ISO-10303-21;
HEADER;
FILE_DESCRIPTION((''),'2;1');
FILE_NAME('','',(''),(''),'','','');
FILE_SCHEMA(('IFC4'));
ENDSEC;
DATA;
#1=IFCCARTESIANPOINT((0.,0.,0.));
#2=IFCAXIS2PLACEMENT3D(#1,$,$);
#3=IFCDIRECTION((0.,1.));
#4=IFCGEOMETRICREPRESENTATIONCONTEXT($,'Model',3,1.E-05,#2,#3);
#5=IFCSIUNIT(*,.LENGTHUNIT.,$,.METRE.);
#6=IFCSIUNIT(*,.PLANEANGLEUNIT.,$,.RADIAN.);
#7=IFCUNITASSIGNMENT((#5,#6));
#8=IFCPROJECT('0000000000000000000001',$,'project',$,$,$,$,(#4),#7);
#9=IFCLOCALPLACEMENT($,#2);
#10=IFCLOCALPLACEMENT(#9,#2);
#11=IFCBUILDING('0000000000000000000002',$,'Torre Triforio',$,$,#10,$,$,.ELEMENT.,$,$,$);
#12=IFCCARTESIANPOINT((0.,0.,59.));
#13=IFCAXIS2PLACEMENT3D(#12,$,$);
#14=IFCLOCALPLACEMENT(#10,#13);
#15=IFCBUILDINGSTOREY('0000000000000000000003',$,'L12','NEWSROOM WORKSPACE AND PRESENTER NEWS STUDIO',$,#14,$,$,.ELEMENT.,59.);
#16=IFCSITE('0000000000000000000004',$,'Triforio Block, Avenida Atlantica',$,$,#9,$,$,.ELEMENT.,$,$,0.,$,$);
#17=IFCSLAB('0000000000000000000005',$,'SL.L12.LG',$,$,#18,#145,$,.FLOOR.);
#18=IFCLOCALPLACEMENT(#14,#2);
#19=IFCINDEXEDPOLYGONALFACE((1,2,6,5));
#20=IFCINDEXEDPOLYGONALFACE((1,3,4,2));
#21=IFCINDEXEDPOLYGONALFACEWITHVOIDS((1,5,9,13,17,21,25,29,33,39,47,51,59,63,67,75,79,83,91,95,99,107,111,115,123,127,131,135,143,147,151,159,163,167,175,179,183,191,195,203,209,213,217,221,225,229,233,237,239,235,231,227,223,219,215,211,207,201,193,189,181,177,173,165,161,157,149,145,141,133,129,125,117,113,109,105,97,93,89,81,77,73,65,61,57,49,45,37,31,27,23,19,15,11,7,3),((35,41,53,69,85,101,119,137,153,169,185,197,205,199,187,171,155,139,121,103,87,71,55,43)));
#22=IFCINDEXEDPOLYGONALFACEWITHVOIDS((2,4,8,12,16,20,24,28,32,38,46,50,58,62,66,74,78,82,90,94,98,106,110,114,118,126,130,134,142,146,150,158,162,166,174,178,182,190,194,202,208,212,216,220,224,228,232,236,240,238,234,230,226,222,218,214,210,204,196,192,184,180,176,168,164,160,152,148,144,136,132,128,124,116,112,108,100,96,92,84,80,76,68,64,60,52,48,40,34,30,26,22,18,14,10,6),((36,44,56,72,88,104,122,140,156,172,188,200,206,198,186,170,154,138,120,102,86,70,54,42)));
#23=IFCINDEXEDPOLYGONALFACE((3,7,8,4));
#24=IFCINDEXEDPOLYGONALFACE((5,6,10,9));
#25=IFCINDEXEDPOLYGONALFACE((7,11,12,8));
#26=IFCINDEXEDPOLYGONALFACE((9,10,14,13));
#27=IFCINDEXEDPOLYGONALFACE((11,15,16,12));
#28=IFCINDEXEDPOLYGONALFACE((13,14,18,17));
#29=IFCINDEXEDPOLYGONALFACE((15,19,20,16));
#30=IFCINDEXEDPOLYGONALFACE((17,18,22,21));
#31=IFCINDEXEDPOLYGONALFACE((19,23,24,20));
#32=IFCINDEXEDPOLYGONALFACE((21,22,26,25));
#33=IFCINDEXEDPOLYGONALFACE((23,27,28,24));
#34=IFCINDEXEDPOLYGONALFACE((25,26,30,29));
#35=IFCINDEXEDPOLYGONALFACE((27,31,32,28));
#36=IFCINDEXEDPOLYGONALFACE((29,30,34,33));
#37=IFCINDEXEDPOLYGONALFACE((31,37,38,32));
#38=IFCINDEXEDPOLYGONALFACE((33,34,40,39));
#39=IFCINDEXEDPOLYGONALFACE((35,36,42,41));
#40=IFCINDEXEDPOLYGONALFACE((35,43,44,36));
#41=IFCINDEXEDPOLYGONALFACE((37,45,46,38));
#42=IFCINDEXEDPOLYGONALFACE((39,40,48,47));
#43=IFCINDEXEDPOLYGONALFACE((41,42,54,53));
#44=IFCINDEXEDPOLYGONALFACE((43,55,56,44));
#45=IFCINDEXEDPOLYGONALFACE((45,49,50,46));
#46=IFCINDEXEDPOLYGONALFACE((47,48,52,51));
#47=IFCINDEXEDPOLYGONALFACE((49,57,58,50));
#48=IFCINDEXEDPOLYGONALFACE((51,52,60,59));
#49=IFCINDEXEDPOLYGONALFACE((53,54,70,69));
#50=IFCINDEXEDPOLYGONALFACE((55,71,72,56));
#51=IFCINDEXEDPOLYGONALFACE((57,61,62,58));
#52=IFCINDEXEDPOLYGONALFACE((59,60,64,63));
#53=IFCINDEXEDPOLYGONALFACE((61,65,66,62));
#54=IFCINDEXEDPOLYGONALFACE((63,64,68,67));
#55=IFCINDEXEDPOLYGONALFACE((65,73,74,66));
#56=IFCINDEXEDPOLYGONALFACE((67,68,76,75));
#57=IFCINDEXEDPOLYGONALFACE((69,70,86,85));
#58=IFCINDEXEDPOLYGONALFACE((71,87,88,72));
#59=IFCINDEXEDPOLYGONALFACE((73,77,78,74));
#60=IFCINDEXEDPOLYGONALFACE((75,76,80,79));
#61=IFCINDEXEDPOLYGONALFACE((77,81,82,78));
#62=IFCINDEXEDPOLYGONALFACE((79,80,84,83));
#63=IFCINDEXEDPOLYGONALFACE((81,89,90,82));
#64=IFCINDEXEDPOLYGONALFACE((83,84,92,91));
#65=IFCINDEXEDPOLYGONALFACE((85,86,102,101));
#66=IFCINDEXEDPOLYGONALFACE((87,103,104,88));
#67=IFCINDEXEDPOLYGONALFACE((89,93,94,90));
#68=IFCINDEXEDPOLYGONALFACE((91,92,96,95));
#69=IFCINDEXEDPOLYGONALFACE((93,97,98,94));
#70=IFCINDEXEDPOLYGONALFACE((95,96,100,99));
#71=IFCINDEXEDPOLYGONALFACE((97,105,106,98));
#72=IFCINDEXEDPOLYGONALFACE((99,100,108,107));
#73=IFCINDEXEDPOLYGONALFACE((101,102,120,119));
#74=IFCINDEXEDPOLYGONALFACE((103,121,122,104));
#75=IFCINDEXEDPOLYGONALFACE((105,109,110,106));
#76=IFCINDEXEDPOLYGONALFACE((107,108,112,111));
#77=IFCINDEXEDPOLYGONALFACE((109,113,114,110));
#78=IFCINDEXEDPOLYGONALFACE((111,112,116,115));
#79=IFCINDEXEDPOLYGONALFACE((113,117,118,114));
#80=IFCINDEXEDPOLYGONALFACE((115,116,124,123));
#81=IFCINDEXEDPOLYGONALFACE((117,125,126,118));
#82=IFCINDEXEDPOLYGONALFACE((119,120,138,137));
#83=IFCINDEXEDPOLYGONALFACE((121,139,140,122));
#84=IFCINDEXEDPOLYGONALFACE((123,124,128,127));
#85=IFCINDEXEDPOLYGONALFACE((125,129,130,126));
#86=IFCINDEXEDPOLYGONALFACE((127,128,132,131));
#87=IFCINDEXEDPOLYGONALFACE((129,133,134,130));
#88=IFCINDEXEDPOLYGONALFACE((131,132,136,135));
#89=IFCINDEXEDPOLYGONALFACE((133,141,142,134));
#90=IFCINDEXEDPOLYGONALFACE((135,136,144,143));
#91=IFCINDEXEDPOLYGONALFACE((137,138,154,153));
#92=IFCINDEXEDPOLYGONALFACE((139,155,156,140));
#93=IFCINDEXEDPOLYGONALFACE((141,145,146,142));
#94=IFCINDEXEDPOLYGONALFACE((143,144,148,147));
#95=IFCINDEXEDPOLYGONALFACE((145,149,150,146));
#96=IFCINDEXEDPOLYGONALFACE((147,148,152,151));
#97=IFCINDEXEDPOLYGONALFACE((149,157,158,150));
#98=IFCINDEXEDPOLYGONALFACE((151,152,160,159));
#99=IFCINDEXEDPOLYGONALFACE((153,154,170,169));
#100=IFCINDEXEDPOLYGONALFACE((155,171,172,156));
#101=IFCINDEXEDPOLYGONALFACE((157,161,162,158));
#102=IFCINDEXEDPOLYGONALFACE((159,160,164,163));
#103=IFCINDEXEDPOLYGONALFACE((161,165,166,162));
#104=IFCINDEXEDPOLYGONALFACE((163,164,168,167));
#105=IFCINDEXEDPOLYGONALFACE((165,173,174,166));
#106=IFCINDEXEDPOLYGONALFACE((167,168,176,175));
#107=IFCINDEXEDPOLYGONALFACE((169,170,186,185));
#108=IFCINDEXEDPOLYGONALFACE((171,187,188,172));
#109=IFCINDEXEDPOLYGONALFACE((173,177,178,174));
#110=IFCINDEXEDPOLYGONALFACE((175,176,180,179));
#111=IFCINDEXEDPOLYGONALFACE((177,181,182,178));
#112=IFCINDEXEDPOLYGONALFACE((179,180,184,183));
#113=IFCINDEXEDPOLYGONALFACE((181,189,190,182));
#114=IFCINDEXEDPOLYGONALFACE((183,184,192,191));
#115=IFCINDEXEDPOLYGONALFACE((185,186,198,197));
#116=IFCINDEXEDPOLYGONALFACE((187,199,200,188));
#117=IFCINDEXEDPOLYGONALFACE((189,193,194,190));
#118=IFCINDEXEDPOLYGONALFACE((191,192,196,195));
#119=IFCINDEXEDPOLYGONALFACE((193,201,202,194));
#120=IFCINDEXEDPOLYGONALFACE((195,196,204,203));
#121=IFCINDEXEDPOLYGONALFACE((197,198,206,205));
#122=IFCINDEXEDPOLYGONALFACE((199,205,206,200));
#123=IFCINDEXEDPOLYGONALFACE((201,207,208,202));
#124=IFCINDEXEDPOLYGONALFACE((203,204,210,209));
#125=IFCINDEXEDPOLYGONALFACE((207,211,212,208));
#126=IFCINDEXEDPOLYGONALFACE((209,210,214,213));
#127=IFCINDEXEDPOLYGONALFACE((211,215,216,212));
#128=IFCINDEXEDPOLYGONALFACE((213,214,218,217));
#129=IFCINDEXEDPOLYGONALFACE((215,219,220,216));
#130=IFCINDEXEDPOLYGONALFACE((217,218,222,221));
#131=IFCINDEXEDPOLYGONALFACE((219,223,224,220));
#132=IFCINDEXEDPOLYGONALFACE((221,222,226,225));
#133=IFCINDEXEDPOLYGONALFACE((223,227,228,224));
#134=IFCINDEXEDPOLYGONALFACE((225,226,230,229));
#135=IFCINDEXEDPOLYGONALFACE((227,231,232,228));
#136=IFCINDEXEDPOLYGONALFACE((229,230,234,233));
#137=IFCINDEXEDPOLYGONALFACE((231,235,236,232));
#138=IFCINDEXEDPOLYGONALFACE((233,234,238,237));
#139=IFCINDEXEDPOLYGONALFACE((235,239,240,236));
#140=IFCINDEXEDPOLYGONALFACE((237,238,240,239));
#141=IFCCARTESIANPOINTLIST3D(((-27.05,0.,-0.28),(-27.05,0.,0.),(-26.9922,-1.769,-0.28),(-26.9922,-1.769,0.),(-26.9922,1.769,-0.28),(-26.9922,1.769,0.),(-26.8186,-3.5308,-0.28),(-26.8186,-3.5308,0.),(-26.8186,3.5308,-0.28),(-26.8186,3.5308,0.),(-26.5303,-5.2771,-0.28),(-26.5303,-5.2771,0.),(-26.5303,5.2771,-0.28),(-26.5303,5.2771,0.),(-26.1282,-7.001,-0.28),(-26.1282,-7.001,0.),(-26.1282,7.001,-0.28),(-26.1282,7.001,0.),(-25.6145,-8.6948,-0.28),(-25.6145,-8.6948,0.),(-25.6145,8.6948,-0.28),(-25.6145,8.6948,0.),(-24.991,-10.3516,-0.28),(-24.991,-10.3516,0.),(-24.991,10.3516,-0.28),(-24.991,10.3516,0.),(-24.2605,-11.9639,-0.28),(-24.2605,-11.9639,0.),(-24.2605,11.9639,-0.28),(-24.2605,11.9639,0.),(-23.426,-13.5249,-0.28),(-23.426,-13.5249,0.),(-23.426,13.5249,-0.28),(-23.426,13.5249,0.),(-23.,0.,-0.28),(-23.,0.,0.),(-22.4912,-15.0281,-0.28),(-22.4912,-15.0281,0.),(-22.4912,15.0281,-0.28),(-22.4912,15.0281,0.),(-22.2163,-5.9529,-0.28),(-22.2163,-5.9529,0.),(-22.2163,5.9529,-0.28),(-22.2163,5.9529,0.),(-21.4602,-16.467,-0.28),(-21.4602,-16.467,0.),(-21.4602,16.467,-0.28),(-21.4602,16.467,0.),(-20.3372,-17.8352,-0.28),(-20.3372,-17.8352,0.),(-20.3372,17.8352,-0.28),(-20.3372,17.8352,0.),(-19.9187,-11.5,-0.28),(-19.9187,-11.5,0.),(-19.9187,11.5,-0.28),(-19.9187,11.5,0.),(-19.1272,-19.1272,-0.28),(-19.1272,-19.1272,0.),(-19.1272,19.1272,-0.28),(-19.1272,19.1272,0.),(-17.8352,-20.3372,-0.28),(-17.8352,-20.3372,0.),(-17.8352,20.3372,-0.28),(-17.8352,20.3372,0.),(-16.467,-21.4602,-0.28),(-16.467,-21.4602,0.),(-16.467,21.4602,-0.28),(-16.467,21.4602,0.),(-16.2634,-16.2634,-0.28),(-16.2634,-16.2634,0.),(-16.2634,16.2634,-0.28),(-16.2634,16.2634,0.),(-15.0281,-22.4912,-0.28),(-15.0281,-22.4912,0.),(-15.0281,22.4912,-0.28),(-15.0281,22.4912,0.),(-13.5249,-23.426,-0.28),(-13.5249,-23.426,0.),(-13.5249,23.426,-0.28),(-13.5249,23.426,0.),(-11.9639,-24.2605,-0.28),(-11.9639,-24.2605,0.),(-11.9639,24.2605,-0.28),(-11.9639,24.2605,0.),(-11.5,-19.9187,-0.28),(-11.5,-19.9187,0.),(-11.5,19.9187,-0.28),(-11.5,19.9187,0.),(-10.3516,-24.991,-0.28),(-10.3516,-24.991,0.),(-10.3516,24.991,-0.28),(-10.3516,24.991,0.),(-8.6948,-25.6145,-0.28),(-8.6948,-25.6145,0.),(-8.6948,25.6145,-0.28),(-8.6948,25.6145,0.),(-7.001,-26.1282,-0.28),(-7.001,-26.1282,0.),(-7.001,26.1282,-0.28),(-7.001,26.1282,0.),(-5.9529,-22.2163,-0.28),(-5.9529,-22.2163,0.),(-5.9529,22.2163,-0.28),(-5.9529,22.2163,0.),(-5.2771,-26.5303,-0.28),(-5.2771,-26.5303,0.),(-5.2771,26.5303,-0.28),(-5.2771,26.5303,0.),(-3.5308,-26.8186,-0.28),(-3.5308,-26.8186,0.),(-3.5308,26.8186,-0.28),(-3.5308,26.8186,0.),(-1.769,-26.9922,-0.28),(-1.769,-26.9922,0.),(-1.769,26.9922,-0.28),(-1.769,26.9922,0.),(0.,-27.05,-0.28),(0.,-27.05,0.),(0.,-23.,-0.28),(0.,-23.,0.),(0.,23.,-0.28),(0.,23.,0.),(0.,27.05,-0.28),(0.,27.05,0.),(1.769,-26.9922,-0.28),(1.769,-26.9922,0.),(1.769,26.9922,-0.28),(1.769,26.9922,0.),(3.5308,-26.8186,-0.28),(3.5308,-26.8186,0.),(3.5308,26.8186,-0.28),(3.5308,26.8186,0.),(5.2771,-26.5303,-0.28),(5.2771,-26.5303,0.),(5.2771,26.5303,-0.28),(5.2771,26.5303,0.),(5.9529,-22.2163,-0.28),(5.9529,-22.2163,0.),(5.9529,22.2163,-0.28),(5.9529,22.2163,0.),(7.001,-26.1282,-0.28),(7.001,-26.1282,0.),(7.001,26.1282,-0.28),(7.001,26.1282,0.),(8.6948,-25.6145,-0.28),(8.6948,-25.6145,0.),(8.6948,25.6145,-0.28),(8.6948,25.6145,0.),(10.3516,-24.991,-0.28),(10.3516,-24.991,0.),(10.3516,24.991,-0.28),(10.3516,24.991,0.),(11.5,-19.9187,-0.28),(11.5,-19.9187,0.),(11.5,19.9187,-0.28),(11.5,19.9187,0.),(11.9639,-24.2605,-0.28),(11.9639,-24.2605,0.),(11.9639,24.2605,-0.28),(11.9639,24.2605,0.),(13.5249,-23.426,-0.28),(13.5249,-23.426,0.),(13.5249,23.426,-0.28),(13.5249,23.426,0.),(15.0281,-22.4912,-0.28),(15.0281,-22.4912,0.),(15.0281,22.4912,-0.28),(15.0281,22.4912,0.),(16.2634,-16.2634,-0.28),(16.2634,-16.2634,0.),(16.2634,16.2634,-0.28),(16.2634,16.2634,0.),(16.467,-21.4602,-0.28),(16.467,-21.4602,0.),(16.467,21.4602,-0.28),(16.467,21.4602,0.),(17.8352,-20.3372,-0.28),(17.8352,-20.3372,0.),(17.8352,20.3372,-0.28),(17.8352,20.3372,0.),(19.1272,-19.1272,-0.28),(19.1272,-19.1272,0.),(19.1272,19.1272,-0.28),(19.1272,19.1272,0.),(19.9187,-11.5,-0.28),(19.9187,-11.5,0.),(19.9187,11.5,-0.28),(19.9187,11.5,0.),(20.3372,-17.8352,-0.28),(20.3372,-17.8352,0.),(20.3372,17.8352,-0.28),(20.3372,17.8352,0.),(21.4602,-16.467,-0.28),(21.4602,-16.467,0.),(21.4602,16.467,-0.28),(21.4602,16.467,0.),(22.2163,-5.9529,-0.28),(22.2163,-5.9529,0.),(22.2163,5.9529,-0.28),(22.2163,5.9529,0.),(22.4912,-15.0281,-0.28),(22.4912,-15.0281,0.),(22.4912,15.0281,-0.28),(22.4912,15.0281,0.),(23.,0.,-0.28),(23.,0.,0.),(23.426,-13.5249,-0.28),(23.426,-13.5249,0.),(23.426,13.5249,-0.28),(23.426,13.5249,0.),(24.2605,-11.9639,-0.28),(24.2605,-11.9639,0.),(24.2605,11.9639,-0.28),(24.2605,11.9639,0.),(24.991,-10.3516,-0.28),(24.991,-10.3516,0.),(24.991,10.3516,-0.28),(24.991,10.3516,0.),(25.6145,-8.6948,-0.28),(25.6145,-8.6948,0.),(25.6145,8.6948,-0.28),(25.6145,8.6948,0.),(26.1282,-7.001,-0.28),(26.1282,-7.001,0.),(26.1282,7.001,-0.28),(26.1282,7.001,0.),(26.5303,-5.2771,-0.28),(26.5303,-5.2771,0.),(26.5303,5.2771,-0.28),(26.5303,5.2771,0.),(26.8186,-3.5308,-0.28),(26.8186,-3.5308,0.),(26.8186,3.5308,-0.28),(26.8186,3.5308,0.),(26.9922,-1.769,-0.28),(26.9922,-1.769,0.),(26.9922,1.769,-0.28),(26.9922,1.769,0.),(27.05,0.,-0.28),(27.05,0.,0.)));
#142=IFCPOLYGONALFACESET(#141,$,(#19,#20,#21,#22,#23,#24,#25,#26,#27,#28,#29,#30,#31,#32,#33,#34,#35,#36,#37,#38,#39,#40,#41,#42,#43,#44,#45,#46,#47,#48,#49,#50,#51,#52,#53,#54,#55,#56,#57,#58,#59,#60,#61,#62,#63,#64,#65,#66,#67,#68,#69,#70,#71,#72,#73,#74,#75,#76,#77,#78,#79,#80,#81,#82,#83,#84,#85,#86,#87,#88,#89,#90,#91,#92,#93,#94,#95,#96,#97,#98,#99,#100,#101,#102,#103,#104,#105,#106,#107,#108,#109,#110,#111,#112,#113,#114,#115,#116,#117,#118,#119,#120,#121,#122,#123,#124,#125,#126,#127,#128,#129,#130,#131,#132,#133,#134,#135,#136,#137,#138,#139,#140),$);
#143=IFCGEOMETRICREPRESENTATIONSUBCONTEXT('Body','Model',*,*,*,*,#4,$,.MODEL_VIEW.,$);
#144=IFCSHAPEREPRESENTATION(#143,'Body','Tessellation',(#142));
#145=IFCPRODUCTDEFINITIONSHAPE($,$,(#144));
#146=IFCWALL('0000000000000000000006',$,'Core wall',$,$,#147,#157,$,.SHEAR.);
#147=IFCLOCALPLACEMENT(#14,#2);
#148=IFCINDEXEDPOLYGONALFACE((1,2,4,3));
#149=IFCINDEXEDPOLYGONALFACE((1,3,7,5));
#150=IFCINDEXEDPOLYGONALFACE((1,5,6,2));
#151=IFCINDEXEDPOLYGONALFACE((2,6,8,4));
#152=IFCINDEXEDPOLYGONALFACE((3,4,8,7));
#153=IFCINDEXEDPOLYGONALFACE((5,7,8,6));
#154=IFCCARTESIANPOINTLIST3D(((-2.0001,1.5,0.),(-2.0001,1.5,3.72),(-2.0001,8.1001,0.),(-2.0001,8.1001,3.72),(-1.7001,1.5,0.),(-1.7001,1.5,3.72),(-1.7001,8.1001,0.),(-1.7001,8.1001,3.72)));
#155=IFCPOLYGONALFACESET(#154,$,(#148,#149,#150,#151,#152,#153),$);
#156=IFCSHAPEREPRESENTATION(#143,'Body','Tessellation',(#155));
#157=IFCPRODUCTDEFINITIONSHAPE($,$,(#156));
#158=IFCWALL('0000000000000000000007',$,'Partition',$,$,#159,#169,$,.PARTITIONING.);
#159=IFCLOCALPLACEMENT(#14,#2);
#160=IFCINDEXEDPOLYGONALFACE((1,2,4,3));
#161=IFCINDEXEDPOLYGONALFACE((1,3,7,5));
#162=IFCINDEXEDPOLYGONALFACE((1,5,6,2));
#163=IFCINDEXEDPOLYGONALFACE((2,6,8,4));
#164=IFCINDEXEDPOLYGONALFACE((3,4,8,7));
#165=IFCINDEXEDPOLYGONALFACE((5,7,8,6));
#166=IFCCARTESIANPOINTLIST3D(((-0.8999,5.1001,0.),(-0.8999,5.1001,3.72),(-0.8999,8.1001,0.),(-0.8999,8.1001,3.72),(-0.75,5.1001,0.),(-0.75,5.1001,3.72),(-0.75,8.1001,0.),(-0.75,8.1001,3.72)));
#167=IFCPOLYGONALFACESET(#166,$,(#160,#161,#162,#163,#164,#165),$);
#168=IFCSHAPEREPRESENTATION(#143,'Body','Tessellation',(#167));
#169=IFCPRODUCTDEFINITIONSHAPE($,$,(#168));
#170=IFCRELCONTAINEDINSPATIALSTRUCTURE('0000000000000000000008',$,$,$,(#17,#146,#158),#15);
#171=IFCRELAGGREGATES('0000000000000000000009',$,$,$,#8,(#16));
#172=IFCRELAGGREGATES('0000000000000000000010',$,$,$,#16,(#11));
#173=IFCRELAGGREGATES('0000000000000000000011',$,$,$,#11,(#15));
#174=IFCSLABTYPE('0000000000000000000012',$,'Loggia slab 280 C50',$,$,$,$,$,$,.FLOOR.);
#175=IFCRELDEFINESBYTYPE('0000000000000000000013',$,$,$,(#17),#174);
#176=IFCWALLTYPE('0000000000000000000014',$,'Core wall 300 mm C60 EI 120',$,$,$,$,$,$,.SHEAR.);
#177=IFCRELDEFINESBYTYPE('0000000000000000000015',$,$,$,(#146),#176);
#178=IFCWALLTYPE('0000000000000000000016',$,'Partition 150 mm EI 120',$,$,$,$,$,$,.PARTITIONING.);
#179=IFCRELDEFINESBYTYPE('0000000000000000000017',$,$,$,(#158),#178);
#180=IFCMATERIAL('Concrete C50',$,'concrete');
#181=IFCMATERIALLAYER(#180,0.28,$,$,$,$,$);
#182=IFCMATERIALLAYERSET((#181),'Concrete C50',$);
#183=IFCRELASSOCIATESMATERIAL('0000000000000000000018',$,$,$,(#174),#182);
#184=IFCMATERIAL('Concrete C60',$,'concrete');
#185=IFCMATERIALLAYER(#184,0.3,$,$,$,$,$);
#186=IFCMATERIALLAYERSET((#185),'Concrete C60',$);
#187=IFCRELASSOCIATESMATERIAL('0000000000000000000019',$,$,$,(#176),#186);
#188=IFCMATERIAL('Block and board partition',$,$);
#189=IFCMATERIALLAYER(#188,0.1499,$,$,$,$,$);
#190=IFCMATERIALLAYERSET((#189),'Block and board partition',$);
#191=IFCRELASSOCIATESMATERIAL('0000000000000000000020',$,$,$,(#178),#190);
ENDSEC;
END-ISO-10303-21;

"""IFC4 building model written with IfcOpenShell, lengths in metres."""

from ifc_helpers import new_model, si_unit, direction, frame, frame_2d, origin, place, context, subcontext, project, spatial, polyline, rectangle, outline, extrude, material, layer, layer_set, type_object, element, save


model = new_model("IFC4")

# Units and contexts
model_context = context("Model", 3, precision=1e-05, world=origin(), true_north=direction((0.0, 1.0)))
body_context = subcontext(model_context, "Body", "Model", "MODEL_VIEW")
ifc_project = project(units=[si_unit("LENGTHUNIT", "METRE"), si_unit("PLANEANGLEUNIT", "RADIAN")], contexts=[model_context])

# Site, building, storey
site_placement = place(None, origin())
site = spatial("IfcSite", under=ifc_project, at=site_placement, Name="Triforio Block, Avenida Atlantica", CompositionType="ELEMENT", RefElevation=0.0)
building_placement = place(site_placement, origin())
building = spatial("IfcBuilding", under=site, at=building_placement, Name="Torre Triforio", CompositionType="ELEMENT")
storey_placement = place(building_placement, frame((0.0, 0.0, 59.0)))
storey = spatial("IfcBuildingStorey", under=building, at=storey_placement, Name="L12", Description="NEWSROOM WORKSPACE AND PRESENTER NEWS STUDIO", CompositionType="ELEMENT", Elevation=59.0)

# Slab
ifc_material_1 = material(Name="Concrete C50", Category="concrete")
ifc_layer_1 = layer(ifc_material_1, 0.28)
ifc_layer_set_1 = layer_set([ifc_layer_1], Name="Concrete C50")
slab_type_1 = type_object("IfcSlabType", Name="Loggia slab 280 C50", PredefinedType="FLOOR", material=ifc_layer_set_1)
slab_1_placement = place(storey_placement, frame((0.0, 0.0, -0.28)))
element("IfcSlab", 1, at=slab_1_placement, inside=storey, type_object=slab_type_1, Name="SL.L12.LG", PredefinedType="FLOOR", context=body_context, shape_type="SweptSolid", body=[
    extrude(outline(polyline([(26.9922, -1.769), (27.05, 0.0), (26.9922, 1.769), (26.8186, 3.5308), (26.5303, 5.2771), (26.1282, 7.001), (25.6145, 8.6948), (24.991, 10.3516), (24.2605, 11.9639), (23.426, 13.5249), (22.4912, 15.0281), (21.4602, 16.467), (20.3372, 17.8352), (19.1272, 19.1272), (17.8352, 20.3372), (16.467, 21.4602), (15.0281, 22.4912), (13.5249, 23.426), (11.9639, 24.2605), (10.3516, 24.991), (8.6948, 25.6145), (7.001, 26.1282), (5.2771, 26.5303), (3.5308, 26.8186), (1.769, 26.9922), (0.0, 27.05), (-1.769, 26.9922), (-3.5308, 26.8186), (-5.2771, 26.5303), (-7.001, 26.1282), (-8.6948, 25.6145), (-10.3516, 24.991), (-11.9639, 24.2605), (-13.5249, 23.426), (-15.0281, 22.4912), (-16.467, 21.4602), (-17.8352, 20.3372), (-19.1272, 19.1272), (-20.3372, 17.8352), (-21.4602, 16.467), (-22.4912, 15.0281), (-23.426, 13.5249), (-24.2605, 11.9639), (-24.991, 10.3516), (-25.6145, 8.6948), (-26.1282, 7.001), (-26.5303, 5.2771), (-26.8186, 3.5308), (-26.9922, 1.769), (-27.05, 0.0), (-26.9922, -1.769), (-26.8186, -3.5308), (-26.5303, -5.2771), (-26.1282, -7.001), (-25.6145, -8.6948), (-24.991, -10.3516), (-24.2605, -11.9639), (-23.426, -13.5249), (-22.4912, -15.0281), (-21.4602, -16.467), (-20.3372, -17.8352), (-19.1272, -19.1272), (-17.8352, -20.3372), (-16.467, -21.4602), (-15.0281, -22.4912), (-13.5249, -23.426), (-11.9639, -24.2605), (-10.3516, -24.991), (-8.6948, -25.6145), (-7.001, -26.1282), (-5.2771, -26.5303), (-3.5308, -26.8186), (-1.769, -26.9922), (0.0, -27.05), (1.769, -26.9922), (3.5308, -26.8186), (5.2771, -26.5303), (7.001, -26.1282), (8.6948, -25.6145), (10.3516, -24.991), (11.9639, -24.2605), (13.5249, -23.426), (15.0281, -22.4912), (16.467, -21.4602), (17.8352, -20.3372), (19.1272, -19.1272), (20.3372, -17.8352), (21.4602, -16.467), (22.4912, -15.0281), (23.426, -13.5249), (24.2605, -11.9639), (24.991, -10.3516), (25.6145, -8.6948), (26.1282, -7.001), (26.5303, -5.2771), (26.8186, -3.5308), (26.9922, -1.769)]), holes=[polyline([(22.2163, 5.9529), (23.0, 0.0), (22.2163, -5.9529), (19.9187, -11.5), (16.2634, -16.2634), (11.5, -19.9187), (5.9529, -22.2163), (0.0, -23.0), (-5.9529, -22.2163), (-11.5, -19.9187), (-16.2634, -16.2634), (-19.9187, -11.5), (-22.2163, -5.9529), (-23.0, 0.0), (-22.2163, 5.9529), (-19.9187, 11.5), (-16.2634, 16.2634), (-11.5, 19.9187), (-5.9529, 22.2163), (0.0, 23.0), (5.9529, 22.2163), (11.5, 19.9187), (16.2634, 16.2634), (19.9187, 11.5), (22.2163, 5.9529)])]), origin(), (0.0, 0.0, 1.0), 0.28),
])

# Walls
ifc_material_2 = material(Name="Concrete C60", Category="concrete")
ifc_layer_2 = layer(ifc_material_2, 0.3)
ifc_layer_set_2 = layer_set([ifc_layer_2], Name="Concrete C60")
wall_type_1 = type_object("IfcWallType", Name="Core wall 300 mm C60 EI 120", PredefinedType="SHEAR", material=ifc_layer_set_2)
wall_1_placement = place(storey_placement, frame((-1.8501, 1.5, 0.0), z_axis=(0.0, 0.0, 1.0), x_axis=(0.0, 1.0, 0.0)))
element("IfcWall", 2, at=wall_1_placement, inside=storey, type_object=wall_type_1, Name="Core wall", PredefinedType="SHEAR", context=body_context, shape_type="SweptSolid", body=[
    extrude(rectangle(XDim=6.6001, YDim=0.3, at=frame_2d((3.3, 0.0))), origin(), (0.0, 0.0, 1.0), 3.72),
])
ifc_material_3 = material(Name="Block and board partition")
ifc_layer_3 = layer(ifc_material_3, 0.1499)
ifc_layer_set_3 = layer_set([ifc_layer_3], Name="Block and board partition")
wall_type_2 = type_object("IfcWallType", Name="Partition 150 mm EI 120", PredefinedType="PARTITIONING", material=ifc_layer_set_3)
wall_2_placement = place(storey_placement, frame((-0.825, 5.1001, 0.0), z_axis=(0.0, 0.0, 1.0), x_axis=(0.0, 1.0, 0.0)))
element("IfcWall", 3, at=wall_2_placement, inside=storey, type_object=wall_type_2, Name="Partition", PredefinedType="PARTITIONING", context=body_context, shape_type="SweptSolid", body=[
    extrude(rectangle(XDim=3.0, YDim=0.1499, at=frame_2d((1.5, 0.0))), origin(), (0.0, 0.0, 1.0), 3.72),
])

save(model, "model.ifc")
